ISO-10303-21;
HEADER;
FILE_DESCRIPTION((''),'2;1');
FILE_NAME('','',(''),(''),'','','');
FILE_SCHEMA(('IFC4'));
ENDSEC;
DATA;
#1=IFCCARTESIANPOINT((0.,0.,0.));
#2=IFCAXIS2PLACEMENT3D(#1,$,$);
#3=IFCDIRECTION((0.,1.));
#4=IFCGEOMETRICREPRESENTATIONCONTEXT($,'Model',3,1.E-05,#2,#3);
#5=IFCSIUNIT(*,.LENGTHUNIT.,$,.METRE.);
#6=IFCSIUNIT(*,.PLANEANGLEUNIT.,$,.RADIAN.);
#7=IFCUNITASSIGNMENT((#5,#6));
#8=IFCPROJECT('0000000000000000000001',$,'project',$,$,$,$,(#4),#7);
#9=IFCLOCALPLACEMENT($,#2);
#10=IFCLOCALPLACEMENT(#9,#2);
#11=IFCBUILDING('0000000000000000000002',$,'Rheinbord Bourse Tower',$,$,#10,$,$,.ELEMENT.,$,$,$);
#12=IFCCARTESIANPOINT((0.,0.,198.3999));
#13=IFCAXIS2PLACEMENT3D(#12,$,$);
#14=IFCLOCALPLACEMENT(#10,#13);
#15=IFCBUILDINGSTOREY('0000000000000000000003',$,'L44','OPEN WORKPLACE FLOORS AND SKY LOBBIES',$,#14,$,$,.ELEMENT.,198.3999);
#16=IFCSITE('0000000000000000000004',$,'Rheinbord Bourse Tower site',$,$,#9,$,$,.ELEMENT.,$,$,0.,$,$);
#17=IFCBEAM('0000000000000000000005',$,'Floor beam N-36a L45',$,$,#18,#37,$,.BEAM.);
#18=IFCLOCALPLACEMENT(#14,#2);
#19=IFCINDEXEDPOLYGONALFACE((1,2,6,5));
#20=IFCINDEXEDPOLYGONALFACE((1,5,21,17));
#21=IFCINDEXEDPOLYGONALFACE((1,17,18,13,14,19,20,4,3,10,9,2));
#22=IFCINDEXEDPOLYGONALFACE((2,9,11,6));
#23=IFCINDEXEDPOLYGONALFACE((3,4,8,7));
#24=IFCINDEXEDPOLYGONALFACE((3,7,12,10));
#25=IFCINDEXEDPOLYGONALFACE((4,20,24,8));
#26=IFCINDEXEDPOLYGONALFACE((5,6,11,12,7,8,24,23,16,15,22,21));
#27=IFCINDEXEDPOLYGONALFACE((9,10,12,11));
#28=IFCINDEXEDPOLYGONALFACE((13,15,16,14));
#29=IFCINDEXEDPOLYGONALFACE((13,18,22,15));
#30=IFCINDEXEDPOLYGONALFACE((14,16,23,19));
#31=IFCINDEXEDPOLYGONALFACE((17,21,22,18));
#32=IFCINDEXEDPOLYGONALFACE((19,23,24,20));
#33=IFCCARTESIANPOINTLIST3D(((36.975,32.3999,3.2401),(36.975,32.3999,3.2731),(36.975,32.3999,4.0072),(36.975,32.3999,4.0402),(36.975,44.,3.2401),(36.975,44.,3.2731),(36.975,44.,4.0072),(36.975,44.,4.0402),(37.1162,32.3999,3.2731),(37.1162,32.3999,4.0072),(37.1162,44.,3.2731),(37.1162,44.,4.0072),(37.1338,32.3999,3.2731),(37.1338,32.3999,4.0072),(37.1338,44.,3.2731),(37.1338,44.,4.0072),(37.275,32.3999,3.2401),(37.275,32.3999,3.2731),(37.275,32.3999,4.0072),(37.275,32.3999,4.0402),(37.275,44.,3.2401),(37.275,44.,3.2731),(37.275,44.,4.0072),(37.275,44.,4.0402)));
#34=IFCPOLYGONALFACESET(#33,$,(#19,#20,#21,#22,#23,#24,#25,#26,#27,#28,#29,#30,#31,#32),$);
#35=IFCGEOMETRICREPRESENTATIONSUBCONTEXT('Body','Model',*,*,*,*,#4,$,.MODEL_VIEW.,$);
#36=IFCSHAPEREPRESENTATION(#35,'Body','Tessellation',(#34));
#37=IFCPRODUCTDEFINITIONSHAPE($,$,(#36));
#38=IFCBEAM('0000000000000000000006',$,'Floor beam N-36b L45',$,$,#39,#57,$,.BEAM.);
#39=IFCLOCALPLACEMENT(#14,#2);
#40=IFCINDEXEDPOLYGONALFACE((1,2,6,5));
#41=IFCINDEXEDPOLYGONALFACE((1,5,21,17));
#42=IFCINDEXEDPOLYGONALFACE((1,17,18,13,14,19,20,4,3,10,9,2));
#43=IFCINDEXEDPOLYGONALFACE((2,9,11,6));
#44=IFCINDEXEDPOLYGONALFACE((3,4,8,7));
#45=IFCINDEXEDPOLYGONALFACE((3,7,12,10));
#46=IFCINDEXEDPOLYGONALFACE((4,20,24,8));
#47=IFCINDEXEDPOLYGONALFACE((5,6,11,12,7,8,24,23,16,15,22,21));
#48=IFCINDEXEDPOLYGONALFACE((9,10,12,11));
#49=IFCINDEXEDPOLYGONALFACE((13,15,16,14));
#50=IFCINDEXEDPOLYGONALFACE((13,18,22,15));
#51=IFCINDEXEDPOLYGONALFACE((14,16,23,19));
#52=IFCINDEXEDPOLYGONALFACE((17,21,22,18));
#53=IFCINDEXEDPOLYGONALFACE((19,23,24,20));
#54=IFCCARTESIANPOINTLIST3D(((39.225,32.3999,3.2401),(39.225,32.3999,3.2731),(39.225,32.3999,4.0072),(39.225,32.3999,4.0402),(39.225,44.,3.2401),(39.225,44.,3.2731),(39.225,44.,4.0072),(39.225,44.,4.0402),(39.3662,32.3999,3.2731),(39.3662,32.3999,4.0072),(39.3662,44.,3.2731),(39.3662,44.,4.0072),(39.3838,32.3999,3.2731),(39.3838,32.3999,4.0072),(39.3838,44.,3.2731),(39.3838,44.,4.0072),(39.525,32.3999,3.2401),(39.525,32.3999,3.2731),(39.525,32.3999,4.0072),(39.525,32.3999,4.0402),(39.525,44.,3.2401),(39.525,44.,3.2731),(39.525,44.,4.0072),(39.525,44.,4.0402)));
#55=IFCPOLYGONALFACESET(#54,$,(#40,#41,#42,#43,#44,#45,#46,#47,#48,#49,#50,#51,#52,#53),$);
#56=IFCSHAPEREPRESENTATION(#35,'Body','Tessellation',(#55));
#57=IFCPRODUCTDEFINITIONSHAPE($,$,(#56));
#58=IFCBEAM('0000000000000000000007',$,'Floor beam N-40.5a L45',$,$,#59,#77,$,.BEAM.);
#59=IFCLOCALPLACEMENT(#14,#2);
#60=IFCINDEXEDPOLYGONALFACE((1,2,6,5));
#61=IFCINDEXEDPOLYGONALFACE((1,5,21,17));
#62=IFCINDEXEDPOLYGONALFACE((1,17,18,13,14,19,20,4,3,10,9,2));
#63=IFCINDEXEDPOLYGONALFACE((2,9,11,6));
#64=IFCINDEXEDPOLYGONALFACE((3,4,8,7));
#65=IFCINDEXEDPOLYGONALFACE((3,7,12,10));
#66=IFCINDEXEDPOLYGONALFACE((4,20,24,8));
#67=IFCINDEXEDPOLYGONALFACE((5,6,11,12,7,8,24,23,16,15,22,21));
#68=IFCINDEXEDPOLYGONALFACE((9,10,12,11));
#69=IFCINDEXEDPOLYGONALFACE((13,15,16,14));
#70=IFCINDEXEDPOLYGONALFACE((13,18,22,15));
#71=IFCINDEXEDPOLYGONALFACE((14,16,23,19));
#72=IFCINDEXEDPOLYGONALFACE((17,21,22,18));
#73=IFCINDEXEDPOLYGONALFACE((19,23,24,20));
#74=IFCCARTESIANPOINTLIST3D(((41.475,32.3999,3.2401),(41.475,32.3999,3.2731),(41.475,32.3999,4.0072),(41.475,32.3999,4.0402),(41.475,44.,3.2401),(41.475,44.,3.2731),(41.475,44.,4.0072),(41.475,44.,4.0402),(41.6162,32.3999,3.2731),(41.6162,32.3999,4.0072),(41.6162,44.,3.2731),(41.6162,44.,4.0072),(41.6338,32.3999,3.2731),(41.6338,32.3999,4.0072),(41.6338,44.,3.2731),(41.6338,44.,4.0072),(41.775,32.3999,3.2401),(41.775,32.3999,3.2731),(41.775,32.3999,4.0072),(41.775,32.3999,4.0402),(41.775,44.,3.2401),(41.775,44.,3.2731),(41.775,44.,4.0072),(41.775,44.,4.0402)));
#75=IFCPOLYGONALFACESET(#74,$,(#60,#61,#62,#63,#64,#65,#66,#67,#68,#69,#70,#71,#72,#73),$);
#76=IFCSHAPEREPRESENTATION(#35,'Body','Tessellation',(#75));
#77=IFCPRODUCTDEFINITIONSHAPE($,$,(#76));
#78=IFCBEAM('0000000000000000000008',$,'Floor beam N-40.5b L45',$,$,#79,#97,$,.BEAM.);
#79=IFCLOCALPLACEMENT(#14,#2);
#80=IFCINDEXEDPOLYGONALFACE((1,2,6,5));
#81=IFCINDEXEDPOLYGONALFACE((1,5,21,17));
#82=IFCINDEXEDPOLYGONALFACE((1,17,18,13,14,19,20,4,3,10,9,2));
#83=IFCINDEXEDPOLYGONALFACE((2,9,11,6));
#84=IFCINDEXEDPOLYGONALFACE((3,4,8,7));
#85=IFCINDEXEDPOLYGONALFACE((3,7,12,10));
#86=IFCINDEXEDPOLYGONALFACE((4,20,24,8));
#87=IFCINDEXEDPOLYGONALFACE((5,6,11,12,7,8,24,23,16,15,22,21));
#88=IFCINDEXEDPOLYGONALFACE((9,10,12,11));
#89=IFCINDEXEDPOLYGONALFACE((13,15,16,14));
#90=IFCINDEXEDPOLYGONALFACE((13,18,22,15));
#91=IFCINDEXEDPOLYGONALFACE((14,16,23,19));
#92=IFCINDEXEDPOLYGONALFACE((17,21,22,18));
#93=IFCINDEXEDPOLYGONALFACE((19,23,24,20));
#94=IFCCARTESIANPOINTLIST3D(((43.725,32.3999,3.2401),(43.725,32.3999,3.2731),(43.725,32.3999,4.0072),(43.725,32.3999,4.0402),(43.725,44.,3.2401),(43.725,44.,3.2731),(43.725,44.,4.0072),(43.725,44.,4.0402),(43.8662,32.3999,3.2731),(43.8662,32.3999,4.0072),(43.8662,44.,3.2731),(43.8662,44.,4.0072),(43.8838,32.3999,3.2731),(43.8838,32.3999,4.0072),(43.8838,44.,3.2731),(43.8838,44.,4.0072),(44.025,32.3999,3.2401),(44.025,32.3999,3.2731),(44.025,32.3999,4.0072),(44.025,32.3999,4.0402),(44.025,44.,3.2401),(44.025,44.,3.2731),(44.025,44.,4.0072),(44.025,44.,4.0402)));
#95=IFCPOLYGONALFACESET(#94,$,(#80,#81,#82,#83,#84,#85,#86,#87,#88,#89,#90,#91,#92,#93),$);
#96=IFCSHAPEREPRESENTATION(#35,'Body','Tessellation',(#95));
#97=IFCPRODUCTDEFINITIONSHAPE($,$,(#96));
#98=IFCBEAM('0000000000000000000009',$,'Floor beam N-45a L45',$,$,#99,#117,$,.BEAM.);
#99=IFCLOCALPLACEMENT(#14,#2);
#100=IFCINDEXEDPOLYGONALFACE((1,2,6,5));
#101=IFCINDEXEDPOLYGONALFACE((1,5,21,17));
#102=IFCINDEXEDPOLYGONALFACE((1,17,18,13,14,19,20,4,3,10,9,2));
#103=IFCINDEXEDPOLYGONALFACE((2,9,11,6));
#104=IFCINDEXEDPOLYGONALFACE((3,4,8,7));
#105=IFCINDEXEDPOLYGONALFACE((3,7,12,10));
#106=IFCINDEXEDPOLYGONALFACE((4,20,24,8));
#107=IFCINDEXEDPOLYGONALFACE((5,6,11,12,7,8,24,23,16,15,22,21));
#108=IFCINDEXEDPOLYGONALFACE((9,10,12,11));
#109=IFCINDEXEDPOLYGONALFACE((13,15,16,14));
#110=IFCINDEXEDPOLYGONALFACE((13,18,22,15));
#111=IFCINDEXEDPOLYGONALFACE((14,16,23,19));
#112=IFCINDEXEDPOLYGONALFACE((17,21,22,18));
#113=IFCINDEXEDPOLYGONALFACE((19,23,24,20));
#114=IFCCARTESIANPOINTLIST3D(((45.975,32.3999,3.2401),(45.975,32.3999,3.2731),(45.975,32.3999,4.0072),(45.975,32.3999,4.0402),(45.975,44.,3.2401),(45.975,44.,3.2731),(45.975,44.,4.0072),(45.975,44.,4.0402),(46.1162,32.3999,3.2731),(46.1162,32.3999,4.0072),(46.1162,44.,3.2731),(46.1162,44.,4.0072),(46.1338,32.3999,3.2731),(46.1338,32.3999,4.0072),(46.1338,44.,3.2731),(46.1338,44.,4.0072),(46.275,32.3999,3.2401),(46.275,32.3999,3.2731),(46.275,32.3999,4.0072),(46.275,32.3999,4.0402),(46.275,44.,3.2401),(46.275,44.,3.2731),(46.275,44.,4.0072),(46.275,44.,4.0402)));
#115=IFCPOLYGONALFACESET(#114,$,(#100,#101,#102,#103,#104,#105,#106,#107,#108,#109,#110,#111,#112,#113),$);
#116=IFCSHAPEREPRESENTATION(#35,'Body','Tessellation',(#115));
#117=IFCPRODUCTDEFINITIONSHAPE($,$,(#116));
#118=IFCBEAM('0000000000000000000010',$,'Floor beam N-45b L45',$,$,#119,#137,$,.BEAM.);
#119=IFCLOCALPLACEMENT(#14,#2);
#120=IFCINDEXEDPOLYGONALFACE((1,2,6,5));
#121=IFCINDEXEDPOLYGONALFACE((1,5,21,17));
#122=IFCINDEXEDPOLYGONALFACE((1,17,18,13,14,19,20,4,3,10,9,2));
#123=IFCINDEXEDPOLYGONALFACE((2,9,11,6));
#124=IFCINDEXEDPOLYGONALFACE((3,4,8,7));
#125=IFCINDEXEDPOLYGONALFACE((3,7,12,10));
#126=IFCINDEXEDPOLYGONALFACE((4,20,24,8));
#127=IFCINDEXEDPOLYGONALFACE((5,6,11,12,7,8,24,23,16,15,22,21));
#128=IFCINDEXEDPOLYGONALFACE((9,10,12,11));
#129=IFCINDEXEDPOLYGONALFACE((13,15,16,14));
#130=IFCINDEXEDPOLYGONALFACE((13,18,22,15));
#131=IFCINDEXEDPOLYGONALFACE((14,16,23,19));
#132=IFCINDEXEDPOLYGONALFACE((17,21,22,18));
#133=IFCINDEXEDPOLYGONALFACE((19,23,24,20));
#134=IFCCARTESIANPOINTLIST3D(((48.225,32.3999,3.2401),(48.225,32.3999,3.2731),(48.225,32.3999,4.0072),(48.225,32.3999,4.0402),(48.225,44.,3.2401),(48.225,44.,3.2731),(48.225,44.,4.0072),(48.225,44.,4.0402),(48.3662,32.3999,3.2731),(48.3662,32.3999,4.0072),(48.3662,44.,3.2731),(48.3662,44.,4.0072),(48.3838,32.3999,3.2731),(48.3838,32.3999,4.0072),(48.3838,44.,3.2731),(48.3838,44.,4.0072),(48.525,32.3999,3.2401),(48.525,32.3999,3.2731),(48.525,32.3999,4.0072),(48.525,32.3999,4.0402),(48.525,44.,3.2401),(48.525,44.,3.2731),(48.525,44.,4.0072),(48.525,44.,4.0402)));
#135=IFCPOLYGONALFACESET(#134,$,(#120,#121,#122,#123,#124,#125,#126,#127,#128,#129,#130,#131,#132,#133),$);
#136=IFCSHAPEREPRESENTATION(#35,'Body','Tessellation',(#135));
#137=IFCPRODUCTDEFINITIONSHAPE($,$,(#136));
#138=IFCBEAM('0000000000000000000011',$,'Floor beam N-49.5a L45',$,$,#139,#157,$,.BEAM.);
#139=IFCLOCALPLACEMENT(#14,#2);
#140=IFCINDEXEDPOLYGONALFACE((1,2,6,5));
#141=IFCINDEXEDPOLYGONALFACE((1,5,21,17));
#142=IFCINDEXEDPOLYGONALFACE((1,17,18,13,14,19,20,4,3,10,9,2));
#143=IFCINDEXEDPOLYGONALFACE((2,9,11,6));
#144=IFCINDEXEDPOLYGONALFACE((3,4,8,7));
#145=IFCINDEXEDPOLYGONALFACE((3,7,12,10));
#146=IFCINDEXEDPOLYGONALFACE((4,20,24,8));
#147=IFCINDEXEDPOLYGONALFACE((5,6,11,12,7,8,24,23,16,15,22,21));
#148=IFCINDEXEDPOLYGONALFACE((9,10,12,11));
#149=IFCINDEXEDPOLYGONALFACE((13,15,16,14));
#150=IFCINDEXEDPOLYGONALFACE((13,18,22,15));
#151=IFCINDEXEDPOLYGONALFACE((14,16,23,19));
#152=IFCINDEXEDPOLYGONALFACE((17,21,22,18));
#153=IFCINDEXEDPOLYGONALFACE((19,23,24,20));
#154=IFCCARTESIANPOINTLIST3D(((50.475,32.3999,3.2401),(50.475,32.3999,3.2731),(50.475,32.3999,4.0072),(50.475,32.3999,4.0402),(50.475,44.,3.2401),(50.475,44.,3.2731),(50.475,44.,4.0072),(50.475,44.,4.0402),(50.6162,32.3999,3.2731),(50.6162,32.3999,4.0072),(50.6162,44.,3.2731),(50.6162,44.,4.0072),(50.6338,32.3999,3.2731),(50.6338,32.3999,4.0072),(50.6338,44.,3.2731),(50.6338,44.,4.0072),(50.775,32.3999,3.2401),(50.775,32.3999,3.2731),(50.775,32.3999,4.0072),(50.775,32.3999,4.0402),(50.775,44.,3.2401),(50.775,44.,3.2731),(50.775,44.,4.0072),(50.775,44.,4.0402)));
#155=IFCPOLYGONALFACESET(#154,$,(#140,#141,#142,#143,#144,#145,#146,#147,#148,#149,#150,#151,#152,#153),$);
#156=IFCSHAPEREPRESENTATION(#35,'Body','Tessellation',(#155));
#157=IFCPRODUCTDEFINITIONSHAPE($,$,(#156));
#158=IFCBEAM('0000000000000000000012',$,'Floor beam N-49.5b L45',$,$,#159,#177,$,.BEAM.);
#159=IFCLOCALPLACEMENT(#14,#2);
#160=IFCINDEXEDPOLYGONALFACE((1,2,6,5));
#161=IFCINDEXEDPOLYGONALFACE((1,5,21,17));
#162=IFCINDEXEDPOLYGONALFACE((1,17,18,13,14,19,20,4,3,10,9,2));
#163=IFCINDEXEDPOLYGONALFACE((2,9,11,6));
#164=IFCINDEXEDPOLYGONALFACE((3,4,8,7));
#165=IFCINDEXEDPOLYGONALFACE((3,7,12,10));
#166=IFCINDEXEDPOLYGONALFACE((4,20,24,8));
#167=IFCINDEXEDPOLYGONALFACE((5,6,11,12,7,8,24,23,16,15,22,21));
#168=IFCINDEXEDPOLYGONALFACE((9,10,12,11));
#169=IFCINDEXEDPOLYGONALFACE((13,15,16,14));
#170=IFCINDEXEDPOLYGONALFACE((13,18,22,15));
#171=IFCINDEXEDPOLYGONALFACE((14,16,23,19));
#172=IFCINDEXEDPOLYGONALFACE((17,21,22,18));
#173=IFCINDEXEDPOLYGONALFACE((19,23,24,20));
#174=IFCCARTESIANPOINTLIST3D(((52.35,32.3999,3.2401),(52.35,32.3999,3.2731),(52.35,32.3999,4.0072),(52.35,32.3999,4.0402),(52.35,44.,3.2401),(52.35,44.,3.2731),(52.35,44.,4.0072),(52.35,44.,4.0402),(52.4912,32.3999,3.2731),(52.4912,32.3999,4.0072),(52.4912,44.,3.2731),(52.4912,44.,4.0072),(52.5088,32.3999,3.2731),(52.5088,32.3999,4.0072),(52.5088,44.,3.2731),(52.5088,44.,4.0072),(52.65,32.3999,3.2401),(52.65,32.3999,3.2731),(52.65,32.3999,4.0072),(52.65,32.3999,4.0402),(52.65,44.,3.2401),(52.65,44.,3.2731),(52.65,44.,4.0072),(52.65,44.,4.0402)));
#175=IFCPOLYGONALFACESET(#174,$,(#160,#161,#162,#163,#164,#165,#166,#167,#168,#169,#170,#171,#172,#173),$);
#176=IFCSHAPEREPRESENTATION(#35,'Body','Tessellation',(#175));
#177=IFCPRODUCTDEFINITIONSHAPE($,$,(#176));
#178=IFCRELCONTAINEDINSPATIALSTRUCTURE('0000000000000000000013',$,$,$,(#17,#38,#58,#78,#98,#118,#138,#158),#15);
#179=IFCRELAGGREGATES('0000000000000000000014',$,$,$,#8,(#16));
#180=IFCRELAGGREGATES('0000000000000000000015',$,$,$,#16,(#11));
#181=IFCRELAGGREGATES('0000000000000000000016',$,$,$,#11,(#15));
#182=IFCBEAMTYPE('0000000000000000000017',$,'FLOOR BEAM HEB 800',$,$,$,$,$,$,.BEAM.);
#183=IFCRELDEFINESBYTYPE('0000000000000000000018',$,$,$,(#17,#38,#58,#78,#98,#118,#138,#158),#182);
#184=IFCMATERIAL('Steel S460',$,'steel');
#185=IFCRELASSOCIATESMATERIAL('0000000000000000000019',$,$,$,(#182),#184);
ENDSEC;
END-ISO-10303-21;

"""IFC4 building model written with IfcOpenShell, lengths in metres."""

from ifc_helpers import new_model, si_unit, direction, frame, origin, origin_2d, place, context, subcontext, project, spatial, i_section, extrude, material, material_profile, profile_set, type_object, element, save


model = new_model("IFC4")

# Units and contexts
model_context = context("Model", 3, precision=1e-05, world=origin(), true_north=direction((0.0, 1.0)))
body_context = subcontext(model_context, "Body", "Model", "MODEL_VIEW")
ifc_project = project(units=[si_unit("LENGTHUNIT", "METRE"), si_unit("PLANEANGLEUNIT", "RADIAN")], contexts=[model_context])

# Site, building, storey
site_placement = place(None, origin())
site = spatial("IfcSite", under=ifc_project, at=site_placement, Name="Rheinbord Bourse Tower site", CompositionType="ELEMENT", RefElevation=0.0)
building_placement = place(site_placement, origin())
building = spatial("IfcBuilding", under=site, at=building_placement, Name="Rheinbord Bourse Tower", CompositionType="ELEMENT")
storey_placement = place(building_placement, frame((0.0, 0.0, 198.3999)))
storey = spatial("IfcBuildingStorey", under=building, at=storey_placement, Name="L44", Description="OPEN WORKPLACE FLOORS AND SKY LOBBIES", CompositionType="ELEMENT", Elevation=198.3999)

# Beams
ifc_material_1 = material(Name="Steel S460", Category="steel")
ifc_material_profile_1 = material_profile(ifc_material_1, i_section(OverallWidth=0.3, OverallDepth=0.8, WebThickness=0.0176, FlangeThickness=0.033, at=origin_2d()), Name="HEB 800")
ifc_profile_set_1 = profile_set([ifc_material_profile_1], Name="Steel S460")
beam_type_1 = type_object("IfcBeamType", Name="FLOOR BEAM HEB 800", PredefinedType="BEAM", material=ifc_profile_set_1)
for number, where, z_axis, x_axis, name in (
    (1, (37.125, 44.0, 3.6401), (0.0, -1.0, 0.0), (1.0, 0.0, 0.0), "Floor beam N-36a L45"),
    (2, (39.375, 44.0, 3.6401), (0.0, -1.0, 0.0), (1.0, 0.0, 0.0), "Floor beam N-36b L45"),
    (3, (41.625, 44.0, 3.6401), (0.0, -1.0, 0.0), (1.0, 0.0, 0.0), "Floor beam N-40.5a L45"),
    (4, (43.875, 44.0, 3.6401), (0.0, -1.0, 0.0), (1.0, 0.0, 0.0), "Floor beam N-40.5b L45"),
    (5, (46.125, 44.0, 3.6401), (0.0, -1.0, 0.0), (1.0, 0.0, 0.0), "Floor beam N-45a L45"),
    (6, (48.375, 44.0, 3.6401), (0.0, -1.0, 0.0), (1.0, 0.0, 0.0), "Floor beam N-45b L45"),
    (7, (50.625, 44.0, 3.6401), (0.0, -1.0, 0.0), (1.0, 0.0, 0.0), "Floor beam N-49.5a L45"),
    (8, (52.5, 44.0, 3.6401), (0.0, -1.0, 0.0), (1.0, 0.0, 0.0), "Floor beam N-49.5b L45"),
):
    element("IfcBeam", number, at=place(storey_placement, frame(where, z_axis=z_axis, x_axis=x_axis)), inside=storey, type_object=beam_type_1, Name=name, PredefinedType="BEAM", context=body_context, shape_type="SweptSolid", body=[
        extrude(i_section(OverallWidth=0.3, OverallDepth=0.8, WebThickness=0.0176, FlangeThickness=0.033, at=origin_2d()), origin(), (0.0, 0.0, 1.0), 11.6001),
    ])

save(model, "model.ifc")
